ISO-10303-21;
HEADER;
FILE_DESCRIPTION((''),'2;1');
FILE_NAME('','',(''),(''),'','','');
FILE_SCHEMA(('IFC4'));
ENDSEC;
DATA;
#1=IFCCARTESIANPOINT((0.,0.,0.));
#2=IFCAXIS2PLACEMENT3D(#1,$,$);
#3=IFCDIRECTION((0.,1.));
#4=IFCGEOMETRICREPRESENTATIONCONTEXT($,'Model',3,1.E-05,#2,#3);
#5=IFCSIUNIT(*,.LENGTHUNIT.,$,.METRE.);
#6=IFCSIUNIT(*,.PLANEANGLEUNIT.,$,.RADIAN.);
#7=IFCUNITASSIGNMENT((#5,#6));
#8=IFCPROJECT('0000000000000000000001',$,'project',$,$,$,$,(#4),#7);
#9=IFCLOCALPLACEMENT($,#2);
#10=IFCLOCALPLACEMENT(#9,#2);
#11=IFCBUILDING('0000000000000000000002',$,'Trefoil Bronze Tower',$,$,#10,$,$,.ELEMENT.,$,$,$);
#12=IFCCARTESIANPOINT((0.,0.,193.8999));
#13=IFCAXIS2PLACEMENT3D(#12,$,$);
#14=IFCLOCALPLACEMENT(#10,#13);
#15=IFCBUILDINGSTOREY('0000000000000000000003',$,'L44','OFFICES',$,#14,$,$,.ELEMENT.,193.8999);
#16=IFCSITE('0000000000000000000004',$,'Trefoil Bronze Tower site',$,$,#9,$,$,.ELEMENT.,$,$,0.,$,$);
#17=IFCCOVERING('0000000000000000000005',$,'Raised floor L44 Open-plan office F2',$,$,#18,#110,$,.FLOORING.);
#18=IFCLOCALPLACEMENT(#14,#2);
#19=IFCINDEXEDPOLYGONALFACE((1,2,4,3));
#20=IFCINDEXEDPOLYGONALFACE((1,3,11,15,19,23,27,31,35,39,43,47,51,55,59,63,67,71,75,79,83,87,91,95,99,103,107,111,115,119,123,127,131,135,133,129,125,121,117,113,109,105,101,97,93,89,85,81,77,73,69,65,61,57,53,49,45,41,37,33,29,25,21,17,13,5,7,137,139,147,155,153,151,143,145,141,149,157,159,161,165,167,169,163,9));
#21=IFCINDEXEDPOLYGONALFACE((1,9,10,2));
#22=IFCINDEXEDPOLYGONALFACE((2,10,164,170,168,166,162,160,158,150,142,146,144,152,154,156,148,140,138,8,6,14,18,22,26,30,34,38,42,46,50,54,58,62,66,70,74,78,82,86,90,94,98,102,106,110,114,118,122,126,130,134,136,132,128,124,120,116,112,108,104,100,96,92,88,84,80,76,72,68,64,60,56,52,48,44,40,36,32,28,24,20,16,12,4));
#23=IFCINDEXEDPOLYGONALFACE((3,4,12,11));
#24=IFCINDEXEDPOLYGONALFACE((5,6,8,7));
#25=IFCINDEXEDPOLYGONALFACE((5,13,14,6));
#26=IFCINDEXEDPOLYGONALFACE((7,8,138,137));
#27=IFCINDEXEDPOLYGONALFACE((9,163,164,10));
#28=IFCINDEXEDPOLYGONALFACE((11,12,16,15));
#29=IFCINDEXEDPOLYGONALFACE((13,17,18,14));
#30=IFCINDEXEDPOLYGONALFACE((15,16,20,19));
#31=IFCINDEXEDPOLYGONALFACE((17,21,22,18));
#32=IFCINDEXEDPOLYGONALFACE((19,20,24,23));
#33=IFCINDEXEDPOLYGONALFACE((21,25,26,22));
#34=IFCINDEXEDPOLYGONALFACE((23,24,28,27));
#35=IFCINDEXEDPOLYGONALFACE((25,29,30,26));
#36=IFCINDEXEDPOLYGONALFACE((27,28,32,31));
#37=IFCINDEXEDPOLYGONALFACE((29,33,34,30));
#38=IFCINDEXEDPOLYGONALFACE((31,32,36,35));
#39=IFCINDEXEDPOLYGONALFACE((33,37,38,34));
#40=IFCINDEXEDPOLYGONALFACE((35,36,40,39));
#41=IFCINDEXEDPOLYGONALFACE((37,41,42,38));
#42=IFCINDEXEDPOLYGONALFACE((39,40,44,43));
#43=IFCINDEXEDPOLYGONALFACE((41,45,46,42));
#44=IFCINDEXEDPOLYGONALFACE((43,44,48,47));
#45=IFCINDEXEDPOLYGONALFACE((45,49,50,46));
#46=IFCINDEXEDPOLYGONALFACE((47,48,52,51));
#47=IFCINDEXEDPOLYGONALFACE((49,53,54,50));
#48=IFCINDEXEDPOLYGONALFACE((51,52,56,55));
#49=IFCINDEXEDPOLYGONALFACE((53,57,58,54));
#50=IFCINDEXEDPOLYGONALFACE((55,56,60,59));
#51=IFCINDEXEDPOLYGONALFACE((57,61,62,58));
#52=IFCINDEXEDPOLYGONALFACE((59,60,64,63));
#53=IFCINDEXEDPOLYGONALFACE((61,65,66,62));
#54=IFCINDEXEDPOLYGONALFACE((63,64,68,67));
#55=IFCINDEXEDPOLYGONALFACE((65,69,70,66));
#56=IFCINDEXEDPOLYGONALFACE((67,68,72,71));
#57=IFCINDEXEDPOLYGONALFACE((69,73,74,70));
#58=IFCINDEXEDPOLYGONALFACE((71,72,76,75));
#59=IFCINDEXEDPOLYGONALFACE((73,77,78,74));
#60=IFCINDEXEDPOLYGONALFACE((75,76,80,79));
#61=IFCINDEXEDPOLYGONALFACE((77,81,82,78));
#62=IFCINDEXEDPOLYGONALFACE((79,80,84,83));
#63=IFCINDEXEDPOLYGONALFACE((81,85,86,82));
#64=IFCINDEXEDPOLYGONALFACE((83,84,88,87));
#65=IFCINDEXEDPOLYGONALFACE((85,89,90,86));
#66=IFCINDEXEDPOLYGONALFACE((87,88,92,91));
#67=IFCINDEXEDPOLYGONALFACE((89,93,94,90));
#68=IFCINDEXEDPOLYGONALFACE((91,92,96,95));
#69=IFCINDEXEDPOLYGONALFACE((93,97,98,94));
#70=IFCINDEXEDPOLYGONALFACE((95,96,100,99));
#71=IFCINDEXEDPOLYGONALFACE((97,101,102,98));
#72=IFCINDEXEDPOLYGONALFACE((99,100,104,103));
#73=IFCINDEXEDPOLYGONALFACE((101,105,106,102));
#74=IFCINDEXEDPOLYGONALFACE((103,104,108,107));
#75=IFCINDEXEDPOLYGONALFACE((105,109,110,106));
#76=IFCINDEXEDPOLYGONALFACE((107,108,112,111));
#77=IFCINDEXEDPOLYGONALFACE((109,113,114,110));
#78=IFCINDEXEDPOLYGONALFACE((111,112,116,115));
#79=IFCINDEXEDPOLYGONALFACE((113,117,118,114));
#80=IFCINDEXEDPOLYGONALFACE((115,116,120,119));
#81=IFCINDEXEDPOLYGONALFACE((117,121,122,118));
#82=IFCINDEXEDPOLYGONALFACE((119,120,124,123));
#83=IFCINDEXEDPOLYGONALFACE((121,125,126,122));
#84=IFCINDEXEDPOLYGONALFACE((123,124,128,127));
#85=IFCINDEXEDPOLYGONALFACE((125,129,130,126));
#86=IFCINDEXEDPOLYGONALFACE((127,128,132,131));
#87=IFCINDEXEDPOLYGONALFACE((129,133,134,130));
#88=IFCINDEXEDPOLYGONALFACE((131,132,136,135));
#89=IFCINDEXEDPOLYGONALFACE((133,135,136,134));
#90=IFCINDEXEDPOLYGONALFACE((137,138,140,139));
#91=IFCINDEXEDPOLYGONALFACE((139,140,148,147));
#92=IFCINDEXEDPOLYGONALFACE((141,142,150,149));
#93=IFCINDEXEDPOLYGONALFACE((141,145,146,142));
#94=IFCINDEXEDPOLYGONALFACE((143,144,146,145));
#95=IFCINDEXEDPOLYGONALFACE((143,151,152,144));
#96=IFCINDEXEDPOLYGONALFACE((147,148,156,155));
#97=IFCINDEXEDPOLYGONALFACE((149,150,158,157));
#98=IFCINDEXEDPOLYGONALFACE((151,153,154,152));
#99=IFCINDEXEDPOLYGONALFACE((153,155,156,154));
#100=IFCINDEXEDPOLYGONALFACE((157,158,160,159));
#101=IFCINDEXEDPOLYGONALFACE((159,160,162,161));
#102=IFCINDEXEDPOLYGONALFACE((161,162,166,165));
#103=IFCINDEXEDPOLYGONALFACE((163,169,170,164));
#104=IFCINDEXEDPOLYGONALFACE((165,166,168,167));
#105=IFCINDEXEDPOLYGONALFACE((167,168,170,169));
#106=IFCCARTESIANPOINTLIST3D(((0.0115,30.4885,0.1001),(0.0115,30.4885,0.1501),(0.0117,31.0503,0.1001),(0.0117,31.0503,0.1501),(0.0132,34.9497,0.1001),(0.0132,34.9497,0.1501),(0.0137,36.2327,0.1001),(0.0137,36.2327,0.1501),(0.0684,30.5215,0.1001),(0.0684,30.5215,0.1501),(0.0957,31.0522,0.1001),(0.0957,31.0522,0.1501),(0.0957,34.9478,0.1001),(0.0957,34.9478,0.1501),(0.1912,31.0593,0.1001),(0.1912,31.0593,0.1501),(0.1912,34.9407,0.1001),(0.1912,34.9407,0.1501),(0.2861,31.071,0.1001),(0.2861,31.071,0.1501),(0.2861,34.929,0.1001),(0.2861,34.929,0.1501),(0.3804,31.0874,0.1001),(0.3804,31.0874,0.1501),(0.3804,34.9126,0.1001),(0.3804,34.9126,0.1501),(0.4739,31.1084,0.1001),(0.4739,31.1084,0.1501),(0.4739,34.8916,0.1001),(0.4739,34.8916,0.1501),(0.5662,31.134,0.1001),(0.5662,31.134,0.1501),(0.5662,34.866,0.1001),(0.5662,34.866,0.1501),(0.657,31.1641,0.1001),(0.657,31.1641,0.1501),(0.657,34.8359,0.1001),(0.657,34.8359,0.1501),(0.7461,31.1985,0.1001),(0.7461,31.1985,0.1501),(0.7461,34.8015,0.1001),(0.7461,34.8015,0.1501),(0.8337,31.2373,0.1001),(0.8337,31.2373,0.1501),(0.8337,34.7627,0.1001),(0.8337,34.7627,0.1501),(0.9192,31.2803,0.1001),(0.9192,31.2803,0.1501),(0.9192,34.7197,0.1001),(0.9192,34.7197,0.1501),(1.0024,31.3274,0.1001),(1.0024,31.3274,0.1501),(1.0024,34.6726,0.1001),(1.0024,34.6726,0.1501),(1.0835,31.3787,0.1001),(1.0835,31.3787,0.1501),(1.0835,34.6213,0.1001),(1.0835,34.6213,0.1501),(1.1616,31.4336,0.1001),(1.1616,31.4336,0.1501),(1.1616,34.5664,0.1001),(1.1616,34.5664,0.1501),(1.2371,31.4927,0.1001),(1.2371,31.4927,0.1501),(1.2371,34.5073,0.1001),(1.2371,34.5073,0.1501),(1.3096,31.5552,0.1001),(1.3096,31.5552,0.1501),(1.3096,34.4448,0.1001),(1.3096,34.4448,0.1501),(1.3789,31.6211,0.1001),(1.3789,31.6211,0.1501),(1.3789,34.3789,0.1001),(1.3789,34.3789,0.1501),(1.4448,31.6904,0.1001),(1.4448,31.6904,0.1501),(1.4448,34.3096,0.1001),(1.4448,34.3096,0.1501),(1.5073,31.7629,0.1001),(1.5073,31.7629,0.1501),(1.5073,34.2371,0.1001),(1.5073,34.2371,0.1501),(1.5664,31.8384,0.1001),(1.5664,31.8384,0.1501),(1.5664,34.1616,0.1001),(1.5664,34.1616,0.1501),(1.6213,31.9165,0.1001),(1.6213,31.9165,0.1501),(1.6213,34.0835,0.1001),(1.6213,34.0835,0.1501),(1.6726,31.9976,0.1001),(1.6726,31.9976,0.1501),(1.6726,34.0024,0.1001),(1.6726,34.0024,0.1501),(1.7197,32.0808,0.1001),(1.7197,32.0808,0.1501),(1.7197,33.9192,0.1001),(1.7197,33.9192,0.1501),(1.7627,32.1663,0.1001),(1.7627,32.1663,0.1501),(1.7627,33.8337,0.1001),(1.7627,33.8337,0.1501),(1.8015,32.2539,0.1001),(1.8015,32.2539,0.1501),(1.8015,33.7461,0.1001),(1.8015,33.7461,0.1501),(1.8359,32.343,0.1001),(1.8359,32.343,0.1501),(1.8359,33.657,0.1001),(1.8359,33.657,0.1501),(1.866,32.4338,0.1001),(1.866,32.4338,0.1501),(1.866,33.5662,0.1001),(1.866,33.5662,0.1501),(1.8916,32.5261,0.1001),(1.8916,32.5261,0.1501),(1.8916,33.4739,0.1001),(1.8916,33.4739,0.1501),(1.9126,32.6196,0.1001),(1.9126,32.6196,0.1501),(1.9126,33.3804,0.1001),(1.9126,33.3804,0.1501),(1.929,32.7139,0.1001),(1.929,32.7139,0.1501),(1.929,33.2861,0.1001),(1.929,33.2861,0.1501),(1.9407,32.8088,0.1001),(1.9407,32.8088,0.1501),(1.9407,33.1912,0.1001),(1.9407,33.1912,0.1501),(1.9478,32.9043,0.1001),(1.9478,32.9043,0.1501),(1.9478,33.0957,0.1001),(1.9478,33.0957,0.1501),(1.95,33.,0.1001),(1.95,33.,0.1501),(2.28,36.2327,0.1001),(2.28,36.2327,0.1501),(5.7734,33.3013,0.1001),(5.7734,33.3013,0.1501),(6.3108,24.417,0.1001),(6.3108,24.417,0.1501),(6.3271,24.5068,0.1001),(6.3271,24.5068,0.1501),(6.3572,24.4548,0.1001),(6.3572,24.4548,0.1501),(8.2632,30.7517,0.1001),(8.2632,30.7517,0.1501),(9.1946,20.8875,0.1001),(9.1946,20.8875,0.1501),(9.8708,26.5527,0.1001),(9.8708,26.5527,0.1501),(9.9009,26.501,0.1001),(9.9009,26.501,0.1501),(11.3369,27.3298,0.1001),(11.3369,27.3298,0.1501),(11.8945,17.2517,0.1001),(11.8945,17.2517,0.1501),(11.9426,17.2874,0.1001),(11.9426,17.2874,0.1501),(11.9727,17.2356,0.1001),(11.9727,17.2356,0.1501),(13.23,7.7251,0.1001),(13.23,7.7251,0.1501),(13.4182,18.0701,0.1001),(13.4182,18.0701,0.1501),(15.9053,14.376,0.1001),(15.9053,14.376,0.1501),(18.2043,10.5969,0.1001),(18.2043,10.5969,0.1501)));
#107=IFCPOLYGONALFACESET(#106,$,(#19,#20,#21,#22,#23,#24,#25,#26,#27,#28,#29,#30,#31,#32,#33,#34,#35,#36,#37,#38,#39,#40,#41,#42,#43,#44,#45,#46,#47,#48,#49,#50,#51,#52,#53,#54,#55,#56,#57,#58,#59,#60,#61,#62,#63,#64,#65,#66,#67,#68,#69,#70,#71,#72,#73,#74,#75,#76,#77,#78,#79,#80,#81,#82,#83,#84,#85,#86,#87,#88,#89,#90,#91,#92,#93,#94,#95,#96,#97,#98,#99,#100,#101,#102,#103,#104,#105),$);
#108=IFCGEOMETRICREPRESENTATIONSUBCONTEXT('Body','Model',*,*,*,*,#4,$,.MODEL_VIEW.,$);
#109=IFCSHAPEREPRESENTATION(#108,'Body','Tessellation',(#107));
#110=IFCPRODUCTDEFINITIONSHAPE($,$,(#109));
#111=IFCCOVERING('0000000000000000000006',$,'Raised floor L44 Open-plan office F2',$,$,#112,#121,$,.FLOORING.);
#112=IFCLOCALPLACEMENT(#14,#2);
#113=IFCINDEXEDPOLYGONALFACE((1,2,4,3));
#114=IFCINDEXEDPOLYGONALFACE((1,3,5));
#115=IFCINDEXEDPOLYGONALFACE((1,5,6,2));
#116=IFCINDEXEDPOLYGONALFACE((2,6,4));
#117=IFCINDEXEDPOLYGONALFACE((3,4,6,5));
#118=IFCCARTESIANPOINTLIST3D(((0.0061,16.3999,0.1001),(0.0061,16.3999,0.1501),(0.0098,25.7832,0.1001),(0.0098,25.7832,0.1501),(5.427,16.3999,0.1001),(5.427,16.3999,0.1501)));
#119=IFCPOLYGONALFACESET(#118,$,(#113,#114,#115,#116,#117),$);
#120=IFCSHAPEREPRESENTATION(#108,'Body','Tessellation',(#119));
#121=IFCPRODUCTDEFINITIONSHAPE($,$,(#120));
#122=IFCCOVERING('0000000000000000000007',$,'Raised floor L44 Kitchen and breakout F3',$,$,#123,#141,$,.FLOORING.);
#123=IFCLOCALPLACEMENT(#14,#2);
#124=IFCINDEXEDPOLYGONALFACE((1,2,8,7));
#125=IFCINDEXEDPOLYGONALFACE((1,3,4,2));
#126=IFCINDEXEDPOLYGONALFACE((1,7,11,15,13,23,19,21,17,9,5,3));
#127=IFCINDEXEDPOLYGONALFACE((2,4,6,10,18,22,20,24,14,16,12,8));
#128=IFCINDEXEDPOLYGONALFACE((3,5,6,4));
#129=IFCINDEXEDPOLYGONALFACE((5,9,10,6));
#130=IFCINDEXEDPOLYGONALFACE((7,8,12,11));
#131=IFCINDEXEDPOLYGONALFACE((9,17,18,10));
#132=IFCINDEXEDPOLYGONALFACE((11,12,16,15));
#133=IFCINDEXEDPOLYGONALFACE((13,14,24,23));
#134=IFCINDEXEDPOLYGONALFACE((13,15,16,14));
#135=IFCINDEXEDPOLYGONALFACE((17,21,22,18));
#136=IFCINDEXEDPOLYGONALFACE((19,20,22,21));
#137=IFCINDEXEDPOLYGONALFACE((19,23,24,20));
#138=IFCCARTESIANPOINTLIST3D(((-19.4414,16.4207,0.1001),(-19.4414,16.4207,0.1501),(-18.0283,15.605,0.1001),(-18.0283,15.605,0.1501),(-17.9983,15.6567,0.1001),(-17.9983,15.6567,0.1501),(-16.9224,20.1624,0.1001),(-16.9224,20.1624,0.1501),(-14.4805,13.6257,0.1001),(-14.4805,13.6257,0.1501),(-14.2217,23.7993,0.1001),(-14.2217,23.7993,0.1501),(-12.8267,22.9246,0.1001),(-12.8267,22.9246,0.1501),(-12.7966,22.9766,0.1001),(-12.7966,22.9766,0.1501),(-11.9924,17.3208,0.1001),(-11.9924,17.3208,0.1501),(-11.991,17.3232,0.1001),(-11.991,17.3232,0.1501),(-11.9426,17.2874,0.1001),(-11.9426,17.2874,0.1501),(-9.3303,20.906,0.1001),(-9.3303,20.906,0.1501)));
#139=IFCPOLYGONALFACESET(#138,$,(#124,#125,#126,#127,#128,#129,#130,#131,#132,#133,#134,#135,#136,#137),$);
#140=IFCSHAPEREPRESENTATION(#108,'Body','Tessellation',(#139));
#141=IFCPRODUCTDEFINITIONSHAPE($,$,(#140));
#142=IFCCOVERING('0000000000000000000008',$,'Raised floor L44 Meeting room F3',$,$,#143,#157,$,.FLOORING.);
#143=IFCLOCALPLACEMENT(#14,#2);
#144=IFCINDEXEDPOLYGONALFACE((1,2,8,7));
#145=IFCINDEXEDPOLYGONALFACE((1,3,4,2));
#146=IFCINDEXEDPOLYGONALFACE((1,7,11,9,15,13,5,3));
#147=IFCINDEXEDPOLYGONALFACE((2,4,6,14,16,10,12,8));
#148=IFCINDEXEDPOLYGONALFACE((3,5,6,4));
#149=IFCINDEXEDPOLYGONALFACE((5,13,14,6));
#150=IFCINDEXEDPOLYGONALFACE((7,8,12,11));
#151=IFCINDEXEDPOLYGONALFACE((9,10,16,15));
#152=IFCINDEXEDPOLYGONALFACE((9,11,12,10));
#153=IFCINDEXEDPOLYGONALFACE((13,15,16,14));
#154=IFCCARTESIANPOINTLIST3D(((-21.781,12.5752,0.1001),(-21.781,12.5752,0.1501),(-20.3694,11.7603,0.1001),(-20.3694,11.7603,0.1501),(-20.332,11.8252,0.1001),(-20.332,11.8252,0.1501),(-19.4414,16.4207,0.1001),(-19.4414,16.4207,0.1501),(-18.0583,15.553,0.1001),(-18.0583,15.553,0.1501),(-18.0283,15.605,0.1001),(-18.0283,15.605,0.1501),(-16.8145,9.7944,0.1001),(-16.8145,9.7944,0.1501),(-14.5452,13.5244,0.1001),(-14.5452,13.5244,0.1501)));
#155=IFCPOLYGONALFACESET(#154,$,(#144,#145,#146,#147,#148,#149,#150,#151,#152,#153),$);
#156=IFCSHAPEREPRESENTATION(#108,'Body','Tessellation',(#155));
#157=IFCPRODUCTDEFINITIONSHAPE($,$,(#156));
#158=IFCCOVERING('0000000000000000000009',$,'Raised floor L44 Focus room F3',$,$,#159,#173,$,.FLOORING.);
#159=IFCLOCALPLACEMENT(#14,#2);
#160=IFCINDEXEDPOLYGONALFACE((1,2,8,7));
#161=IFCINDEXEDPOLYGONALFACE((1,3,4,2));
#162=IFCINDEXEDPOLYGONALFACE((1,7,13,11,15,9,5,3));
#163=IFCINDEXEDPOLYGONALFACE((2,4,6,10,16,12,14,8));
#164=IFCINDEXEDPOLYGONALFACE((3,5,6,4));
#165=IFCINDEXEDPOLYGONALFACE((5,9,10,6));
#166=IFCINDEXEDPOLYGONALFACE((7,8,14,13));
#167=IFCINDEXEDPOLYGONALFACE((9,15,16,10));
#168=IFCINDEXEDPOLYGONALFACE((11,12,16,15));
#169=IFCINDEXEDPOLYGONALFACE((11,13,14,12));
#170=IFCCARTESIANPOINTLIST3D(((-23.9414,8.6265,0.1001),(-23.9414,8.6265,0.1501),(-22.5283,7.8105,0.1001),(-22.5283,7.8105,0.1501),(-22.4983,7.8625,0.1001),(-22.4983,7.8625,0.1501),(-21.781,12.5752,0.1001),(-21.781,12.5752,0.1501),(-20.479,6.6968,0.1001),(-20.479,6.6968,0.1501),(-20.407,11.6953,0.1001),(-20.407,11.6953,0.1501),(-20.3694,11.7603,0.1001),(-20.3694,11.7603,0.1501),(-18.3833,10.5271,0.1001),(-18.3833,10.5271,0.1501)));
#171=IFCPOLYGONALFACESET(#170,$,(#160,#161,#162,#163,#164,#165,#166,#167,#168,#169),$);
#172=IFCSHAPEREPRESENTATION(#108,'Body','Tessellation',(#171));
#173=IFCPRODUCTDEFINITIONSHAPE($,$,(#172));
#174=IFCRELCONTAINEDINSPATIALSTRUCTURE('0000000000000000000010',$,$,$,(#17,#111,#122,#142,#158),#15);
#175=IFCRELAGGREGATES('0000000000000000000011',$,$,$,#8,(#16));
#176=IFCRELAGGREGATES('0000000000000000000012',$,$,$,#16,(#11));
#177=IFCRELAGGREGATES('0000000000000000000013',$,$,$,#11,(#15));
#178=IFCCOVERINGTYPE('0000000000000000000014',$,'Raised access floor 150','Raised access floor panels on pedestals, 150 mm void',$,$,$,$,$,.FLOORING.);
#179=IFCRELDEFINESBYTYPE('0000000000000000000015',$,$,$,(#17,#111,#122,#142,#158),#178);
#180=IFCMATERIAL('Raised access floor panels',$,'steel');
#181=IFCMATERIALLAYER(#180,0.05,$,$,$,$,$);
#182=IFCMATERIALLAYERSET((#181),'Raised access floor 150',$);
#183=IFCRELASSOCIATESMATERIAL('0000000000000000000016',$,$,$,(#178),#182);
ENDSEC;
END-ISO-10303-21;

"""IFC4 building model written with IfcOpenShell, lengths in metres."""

from ifc_helpers import new_model, si_unit, direction, frame, origin, place, context, subcontext, project, spatial, polyline, outline, extrude, material, layer, layer_set, type_object, element, save


model = new_model("IFC4")

# Units and contexts
model_context = context("Model", 3, precision=1e-05, world=origin(), true_north=direction((0.0, 1.0)))
body_context = subcontext(model_context, "Body", "Model", "MODEL_VIEW")
ifc_project = project(units=[si_unit("LENGTHUNIT", "METRE"), si_unit("PLANEANGLEUNIT", "RADIAN")], contexts=[model_context])

# Site, building, storey
site_placement = place(None, origin())
site = spatial("IfcSite", under=ifc_project, at=site_placement, Name="Trefoil Bronze Tower site", CompositionType="ELEMENT", RefElevation=0.0)
building_placement = place(site_placement, origin())
building = spatial("IfcBuilding", under=site, at=building_placement, Name="Trefoil Bronze Tower", CompositionType="ELEMENT")
storey_placement = place(building_placement, frame((0.0, 0.0, 193.8999)))
storey = spatial("IfcBuildingStorey", under=building, at=storey_placement, Name="L44", Description="OFFICES", CompositionType="ELEMENT", Elevation=193.8999)

# Coverings
ifc_material_1 = material(Name="Raised access floor panels", Category="steel")
ifc_layer_1 = layer(ifc_material_1, 0.05)
ifc_layer_set_1 = layer_set([ifc_layer_1], Name="Raised access floor 150")
covering_type_1 = type_object("IfcCoveringType", Name="Raised access floor 150", Description="Raised access floor panels on pedestals, 150 mm void", PredefinedType="FLOORING", material=ifc_layer_set_1)
covering_1_placement = place(storey_placement, frame((0.0, 0.0, 0.1001)))
element("IfcCovering", 1, at=covering_1_placement, inside=storey, type_object=covering_type_1, Name="Raised floor L44 Open-plan office F2", PredefinedType="FLOORING", context=body_context, shape_type="SweptSolid", body=[
    extrude(outline(polyline([(0.0132, 34.9497), (0.0137, 36.2327), (2.28, 36.2327), (5.7734, 33.3013), (8.2632, 30.7517), (11.3369, 27.3298), (9.9009, 26.501), (9.8708, 26.5527), (6.3271, 24.5068), (6.3572, 24.4548), (6.3108, 24.417), (9.1946, 20.8875), (11.8945, 17.2517), (11.9426, 17.2874), (11.9727, 17.2356), (13.4182, 18.0701), (15.9053, 14.376), (18.2043, 10.5969), (13.23, 7.7251), (0.0684, 30.5215), (0.0115, 30.4885), (0.0117, 31.0503), (0.0957, 31.0522), (0.1912, 31.0593), (0.2861, 31.071), (0.3804, 31.0874), (0.4739, 31.1084), (0.5662, 31.134), (0.657, 31.1641), (0.7461, 31.1985), (0.8337, 31.2373), (0.9192, 31.2803), (1.0024, 31.3274), (1.0835, 31.3787), (1.1616, 31.4336), (1.2371, 31.4927), (1.3096, 31.5552), (1.3789, 31.6211), (1.4448, 31.6904), (1.5073, 31.7629), (1.5664, 31.8384), (1.6213, 31.9165), (1.6726, 31.9976), (1.7197, 32.0808), (1.7627, 32.1663), (1.8015, 32.2539), (1.8359, 32.343), (1.866, 32.4338), (1.8916, 32.5261), (1.9126, 32.6196), (1.929, 32.7139), (1.9407, 32.8088), (1.9478, 32.9043), (1.95, 33.0), (1.9478, 33.0957), (1.9407, 33.1912), (1.929, 33.2861), (1.9126, 33.3804), (1.8916, 33.4739), (1.866, 33.5662), (1.8359, 33.657), (1.8015, 33.7461), (1.7627, 33.8337), (1.7197, 33.9192), (1.6726, 34.0024), (1.6213, 34.0835), (1.5664, 34.1616), (1.5073, 34.2371), (1.4448, 34.3096), (1.3789, 34.3789), (1.3096, 34.4448), (1.2371, 34.5073), (1.1616, 34.5664), (1.0835, 34.6213), (1.0024, 34.6726), (0.9192, 34.7197), (0.8337, 34.7627), (0.7461, 34.8015), (0.657, 34.8359), (0.5662, 34.866), (0.4739, 34.8916), (0.3804, 34.9126), (0.2861, 34.929), (0.1912, 34.9407), (0.0957, 34.9478), (0.0132, 34.9497)])), origin(), (0.0, 0.0, 1.0), 0.05),
])
covering_2_placement = place(storey_placement, frame((0.0, 0.0, 0.1001)))
element("IfcCovering", 2, at=covering_2_placement, inside=storey, type_object=covering_type_1, Name="Raised floor L44 Open-plan office F2", PredefinedType="FLOORING", context=body_context, shape_type="SweptSolid", body=[
    extrude(outline(polyline([(0.0061, 16.3999), (0.0098, 25.7832), (5.427, 16.3999), (0.0061, 16.3999)])), origin(), (0.0, 0.0, 1.0), 0.05),
])
covering_3_placement = place(storey_placement, frame((0.0, 0.0, 0.1001)))
element("IfcCovering", 3, at=covering_3_placement, inside=storey, type_object=covering_type_1, Name="Raised floor L44 Kitchen and breakout F3", PredefinedType="FLOORING", context=body_context, shape_type="SweptSolid", body=[
    extrude(outline(polyline([(-16.9224, 20.1624), (-14.2217, 23.7993), (-12.7966, 22.9766), (-12.8267, 22.9246), (-9.3303, 20.906), (-11.991, 17.3232), (-11.9426, 17.2874), (-11.9924, 17.3208), (-14.4805, 13.6257), (-17.9983, 15.6567), (-18.0283, 15.605), (-19.4414, 16.4207), (-16.9224, 20.1624)])), origin(), (0.0, 0.0, 1.0), 0.05),
])
covering_4_placement = place(storey_placement, frame((0.0, 0.0, 0.1001)))
element("IfcCovering", 4, at=covering_4_placement, inside=storey, type_object=covering_type_1, Name="Raised floor L44 Meeting room F3", PredefinedType="FLOORING", context=body_context, shape_type="SweptSolid", body=[
    extrude(outline(polyline([(-21.781, 12.5752), (-19.4414, 16.4207), (-18.0283, 15.605), (-18.0583, 15.553), (-14.5452, 13.5244), (-16.8145, 9.7944), (-20.332, 11.8252), (-20.3694, 11.7603), (-21.781, 12.5752)])), origin(), (0.0, 0.0, 1.0), 0.05),
])
covering_5_placement = place(storey_placement, frame((0.0, 0.0, 0.1001)))
element("IfcCovering", 5, at=covering_5_placement, inside=storey, type_object=covering_type_1, Name="Raised floor L44 Focus room F3", PredefinedType="FLOORING", context=body_context, shape_type="SweptSolid", body=[
    extrude(outline(polyline([(-23.9414, 8.6265), (-21.781, 12.5752), (-20.3694, 11.7603), (-20.407, 11.6953), (-18.3833, 10.5271), (-20.479, 6.6968), (-22.4983, 7.8625), (-22.5283, 7.8105), (-23.9414, 8.6265)])), origin(), (0.0, 0.0, 1.0), 0.05),
])

save(model, "model.ifc")
